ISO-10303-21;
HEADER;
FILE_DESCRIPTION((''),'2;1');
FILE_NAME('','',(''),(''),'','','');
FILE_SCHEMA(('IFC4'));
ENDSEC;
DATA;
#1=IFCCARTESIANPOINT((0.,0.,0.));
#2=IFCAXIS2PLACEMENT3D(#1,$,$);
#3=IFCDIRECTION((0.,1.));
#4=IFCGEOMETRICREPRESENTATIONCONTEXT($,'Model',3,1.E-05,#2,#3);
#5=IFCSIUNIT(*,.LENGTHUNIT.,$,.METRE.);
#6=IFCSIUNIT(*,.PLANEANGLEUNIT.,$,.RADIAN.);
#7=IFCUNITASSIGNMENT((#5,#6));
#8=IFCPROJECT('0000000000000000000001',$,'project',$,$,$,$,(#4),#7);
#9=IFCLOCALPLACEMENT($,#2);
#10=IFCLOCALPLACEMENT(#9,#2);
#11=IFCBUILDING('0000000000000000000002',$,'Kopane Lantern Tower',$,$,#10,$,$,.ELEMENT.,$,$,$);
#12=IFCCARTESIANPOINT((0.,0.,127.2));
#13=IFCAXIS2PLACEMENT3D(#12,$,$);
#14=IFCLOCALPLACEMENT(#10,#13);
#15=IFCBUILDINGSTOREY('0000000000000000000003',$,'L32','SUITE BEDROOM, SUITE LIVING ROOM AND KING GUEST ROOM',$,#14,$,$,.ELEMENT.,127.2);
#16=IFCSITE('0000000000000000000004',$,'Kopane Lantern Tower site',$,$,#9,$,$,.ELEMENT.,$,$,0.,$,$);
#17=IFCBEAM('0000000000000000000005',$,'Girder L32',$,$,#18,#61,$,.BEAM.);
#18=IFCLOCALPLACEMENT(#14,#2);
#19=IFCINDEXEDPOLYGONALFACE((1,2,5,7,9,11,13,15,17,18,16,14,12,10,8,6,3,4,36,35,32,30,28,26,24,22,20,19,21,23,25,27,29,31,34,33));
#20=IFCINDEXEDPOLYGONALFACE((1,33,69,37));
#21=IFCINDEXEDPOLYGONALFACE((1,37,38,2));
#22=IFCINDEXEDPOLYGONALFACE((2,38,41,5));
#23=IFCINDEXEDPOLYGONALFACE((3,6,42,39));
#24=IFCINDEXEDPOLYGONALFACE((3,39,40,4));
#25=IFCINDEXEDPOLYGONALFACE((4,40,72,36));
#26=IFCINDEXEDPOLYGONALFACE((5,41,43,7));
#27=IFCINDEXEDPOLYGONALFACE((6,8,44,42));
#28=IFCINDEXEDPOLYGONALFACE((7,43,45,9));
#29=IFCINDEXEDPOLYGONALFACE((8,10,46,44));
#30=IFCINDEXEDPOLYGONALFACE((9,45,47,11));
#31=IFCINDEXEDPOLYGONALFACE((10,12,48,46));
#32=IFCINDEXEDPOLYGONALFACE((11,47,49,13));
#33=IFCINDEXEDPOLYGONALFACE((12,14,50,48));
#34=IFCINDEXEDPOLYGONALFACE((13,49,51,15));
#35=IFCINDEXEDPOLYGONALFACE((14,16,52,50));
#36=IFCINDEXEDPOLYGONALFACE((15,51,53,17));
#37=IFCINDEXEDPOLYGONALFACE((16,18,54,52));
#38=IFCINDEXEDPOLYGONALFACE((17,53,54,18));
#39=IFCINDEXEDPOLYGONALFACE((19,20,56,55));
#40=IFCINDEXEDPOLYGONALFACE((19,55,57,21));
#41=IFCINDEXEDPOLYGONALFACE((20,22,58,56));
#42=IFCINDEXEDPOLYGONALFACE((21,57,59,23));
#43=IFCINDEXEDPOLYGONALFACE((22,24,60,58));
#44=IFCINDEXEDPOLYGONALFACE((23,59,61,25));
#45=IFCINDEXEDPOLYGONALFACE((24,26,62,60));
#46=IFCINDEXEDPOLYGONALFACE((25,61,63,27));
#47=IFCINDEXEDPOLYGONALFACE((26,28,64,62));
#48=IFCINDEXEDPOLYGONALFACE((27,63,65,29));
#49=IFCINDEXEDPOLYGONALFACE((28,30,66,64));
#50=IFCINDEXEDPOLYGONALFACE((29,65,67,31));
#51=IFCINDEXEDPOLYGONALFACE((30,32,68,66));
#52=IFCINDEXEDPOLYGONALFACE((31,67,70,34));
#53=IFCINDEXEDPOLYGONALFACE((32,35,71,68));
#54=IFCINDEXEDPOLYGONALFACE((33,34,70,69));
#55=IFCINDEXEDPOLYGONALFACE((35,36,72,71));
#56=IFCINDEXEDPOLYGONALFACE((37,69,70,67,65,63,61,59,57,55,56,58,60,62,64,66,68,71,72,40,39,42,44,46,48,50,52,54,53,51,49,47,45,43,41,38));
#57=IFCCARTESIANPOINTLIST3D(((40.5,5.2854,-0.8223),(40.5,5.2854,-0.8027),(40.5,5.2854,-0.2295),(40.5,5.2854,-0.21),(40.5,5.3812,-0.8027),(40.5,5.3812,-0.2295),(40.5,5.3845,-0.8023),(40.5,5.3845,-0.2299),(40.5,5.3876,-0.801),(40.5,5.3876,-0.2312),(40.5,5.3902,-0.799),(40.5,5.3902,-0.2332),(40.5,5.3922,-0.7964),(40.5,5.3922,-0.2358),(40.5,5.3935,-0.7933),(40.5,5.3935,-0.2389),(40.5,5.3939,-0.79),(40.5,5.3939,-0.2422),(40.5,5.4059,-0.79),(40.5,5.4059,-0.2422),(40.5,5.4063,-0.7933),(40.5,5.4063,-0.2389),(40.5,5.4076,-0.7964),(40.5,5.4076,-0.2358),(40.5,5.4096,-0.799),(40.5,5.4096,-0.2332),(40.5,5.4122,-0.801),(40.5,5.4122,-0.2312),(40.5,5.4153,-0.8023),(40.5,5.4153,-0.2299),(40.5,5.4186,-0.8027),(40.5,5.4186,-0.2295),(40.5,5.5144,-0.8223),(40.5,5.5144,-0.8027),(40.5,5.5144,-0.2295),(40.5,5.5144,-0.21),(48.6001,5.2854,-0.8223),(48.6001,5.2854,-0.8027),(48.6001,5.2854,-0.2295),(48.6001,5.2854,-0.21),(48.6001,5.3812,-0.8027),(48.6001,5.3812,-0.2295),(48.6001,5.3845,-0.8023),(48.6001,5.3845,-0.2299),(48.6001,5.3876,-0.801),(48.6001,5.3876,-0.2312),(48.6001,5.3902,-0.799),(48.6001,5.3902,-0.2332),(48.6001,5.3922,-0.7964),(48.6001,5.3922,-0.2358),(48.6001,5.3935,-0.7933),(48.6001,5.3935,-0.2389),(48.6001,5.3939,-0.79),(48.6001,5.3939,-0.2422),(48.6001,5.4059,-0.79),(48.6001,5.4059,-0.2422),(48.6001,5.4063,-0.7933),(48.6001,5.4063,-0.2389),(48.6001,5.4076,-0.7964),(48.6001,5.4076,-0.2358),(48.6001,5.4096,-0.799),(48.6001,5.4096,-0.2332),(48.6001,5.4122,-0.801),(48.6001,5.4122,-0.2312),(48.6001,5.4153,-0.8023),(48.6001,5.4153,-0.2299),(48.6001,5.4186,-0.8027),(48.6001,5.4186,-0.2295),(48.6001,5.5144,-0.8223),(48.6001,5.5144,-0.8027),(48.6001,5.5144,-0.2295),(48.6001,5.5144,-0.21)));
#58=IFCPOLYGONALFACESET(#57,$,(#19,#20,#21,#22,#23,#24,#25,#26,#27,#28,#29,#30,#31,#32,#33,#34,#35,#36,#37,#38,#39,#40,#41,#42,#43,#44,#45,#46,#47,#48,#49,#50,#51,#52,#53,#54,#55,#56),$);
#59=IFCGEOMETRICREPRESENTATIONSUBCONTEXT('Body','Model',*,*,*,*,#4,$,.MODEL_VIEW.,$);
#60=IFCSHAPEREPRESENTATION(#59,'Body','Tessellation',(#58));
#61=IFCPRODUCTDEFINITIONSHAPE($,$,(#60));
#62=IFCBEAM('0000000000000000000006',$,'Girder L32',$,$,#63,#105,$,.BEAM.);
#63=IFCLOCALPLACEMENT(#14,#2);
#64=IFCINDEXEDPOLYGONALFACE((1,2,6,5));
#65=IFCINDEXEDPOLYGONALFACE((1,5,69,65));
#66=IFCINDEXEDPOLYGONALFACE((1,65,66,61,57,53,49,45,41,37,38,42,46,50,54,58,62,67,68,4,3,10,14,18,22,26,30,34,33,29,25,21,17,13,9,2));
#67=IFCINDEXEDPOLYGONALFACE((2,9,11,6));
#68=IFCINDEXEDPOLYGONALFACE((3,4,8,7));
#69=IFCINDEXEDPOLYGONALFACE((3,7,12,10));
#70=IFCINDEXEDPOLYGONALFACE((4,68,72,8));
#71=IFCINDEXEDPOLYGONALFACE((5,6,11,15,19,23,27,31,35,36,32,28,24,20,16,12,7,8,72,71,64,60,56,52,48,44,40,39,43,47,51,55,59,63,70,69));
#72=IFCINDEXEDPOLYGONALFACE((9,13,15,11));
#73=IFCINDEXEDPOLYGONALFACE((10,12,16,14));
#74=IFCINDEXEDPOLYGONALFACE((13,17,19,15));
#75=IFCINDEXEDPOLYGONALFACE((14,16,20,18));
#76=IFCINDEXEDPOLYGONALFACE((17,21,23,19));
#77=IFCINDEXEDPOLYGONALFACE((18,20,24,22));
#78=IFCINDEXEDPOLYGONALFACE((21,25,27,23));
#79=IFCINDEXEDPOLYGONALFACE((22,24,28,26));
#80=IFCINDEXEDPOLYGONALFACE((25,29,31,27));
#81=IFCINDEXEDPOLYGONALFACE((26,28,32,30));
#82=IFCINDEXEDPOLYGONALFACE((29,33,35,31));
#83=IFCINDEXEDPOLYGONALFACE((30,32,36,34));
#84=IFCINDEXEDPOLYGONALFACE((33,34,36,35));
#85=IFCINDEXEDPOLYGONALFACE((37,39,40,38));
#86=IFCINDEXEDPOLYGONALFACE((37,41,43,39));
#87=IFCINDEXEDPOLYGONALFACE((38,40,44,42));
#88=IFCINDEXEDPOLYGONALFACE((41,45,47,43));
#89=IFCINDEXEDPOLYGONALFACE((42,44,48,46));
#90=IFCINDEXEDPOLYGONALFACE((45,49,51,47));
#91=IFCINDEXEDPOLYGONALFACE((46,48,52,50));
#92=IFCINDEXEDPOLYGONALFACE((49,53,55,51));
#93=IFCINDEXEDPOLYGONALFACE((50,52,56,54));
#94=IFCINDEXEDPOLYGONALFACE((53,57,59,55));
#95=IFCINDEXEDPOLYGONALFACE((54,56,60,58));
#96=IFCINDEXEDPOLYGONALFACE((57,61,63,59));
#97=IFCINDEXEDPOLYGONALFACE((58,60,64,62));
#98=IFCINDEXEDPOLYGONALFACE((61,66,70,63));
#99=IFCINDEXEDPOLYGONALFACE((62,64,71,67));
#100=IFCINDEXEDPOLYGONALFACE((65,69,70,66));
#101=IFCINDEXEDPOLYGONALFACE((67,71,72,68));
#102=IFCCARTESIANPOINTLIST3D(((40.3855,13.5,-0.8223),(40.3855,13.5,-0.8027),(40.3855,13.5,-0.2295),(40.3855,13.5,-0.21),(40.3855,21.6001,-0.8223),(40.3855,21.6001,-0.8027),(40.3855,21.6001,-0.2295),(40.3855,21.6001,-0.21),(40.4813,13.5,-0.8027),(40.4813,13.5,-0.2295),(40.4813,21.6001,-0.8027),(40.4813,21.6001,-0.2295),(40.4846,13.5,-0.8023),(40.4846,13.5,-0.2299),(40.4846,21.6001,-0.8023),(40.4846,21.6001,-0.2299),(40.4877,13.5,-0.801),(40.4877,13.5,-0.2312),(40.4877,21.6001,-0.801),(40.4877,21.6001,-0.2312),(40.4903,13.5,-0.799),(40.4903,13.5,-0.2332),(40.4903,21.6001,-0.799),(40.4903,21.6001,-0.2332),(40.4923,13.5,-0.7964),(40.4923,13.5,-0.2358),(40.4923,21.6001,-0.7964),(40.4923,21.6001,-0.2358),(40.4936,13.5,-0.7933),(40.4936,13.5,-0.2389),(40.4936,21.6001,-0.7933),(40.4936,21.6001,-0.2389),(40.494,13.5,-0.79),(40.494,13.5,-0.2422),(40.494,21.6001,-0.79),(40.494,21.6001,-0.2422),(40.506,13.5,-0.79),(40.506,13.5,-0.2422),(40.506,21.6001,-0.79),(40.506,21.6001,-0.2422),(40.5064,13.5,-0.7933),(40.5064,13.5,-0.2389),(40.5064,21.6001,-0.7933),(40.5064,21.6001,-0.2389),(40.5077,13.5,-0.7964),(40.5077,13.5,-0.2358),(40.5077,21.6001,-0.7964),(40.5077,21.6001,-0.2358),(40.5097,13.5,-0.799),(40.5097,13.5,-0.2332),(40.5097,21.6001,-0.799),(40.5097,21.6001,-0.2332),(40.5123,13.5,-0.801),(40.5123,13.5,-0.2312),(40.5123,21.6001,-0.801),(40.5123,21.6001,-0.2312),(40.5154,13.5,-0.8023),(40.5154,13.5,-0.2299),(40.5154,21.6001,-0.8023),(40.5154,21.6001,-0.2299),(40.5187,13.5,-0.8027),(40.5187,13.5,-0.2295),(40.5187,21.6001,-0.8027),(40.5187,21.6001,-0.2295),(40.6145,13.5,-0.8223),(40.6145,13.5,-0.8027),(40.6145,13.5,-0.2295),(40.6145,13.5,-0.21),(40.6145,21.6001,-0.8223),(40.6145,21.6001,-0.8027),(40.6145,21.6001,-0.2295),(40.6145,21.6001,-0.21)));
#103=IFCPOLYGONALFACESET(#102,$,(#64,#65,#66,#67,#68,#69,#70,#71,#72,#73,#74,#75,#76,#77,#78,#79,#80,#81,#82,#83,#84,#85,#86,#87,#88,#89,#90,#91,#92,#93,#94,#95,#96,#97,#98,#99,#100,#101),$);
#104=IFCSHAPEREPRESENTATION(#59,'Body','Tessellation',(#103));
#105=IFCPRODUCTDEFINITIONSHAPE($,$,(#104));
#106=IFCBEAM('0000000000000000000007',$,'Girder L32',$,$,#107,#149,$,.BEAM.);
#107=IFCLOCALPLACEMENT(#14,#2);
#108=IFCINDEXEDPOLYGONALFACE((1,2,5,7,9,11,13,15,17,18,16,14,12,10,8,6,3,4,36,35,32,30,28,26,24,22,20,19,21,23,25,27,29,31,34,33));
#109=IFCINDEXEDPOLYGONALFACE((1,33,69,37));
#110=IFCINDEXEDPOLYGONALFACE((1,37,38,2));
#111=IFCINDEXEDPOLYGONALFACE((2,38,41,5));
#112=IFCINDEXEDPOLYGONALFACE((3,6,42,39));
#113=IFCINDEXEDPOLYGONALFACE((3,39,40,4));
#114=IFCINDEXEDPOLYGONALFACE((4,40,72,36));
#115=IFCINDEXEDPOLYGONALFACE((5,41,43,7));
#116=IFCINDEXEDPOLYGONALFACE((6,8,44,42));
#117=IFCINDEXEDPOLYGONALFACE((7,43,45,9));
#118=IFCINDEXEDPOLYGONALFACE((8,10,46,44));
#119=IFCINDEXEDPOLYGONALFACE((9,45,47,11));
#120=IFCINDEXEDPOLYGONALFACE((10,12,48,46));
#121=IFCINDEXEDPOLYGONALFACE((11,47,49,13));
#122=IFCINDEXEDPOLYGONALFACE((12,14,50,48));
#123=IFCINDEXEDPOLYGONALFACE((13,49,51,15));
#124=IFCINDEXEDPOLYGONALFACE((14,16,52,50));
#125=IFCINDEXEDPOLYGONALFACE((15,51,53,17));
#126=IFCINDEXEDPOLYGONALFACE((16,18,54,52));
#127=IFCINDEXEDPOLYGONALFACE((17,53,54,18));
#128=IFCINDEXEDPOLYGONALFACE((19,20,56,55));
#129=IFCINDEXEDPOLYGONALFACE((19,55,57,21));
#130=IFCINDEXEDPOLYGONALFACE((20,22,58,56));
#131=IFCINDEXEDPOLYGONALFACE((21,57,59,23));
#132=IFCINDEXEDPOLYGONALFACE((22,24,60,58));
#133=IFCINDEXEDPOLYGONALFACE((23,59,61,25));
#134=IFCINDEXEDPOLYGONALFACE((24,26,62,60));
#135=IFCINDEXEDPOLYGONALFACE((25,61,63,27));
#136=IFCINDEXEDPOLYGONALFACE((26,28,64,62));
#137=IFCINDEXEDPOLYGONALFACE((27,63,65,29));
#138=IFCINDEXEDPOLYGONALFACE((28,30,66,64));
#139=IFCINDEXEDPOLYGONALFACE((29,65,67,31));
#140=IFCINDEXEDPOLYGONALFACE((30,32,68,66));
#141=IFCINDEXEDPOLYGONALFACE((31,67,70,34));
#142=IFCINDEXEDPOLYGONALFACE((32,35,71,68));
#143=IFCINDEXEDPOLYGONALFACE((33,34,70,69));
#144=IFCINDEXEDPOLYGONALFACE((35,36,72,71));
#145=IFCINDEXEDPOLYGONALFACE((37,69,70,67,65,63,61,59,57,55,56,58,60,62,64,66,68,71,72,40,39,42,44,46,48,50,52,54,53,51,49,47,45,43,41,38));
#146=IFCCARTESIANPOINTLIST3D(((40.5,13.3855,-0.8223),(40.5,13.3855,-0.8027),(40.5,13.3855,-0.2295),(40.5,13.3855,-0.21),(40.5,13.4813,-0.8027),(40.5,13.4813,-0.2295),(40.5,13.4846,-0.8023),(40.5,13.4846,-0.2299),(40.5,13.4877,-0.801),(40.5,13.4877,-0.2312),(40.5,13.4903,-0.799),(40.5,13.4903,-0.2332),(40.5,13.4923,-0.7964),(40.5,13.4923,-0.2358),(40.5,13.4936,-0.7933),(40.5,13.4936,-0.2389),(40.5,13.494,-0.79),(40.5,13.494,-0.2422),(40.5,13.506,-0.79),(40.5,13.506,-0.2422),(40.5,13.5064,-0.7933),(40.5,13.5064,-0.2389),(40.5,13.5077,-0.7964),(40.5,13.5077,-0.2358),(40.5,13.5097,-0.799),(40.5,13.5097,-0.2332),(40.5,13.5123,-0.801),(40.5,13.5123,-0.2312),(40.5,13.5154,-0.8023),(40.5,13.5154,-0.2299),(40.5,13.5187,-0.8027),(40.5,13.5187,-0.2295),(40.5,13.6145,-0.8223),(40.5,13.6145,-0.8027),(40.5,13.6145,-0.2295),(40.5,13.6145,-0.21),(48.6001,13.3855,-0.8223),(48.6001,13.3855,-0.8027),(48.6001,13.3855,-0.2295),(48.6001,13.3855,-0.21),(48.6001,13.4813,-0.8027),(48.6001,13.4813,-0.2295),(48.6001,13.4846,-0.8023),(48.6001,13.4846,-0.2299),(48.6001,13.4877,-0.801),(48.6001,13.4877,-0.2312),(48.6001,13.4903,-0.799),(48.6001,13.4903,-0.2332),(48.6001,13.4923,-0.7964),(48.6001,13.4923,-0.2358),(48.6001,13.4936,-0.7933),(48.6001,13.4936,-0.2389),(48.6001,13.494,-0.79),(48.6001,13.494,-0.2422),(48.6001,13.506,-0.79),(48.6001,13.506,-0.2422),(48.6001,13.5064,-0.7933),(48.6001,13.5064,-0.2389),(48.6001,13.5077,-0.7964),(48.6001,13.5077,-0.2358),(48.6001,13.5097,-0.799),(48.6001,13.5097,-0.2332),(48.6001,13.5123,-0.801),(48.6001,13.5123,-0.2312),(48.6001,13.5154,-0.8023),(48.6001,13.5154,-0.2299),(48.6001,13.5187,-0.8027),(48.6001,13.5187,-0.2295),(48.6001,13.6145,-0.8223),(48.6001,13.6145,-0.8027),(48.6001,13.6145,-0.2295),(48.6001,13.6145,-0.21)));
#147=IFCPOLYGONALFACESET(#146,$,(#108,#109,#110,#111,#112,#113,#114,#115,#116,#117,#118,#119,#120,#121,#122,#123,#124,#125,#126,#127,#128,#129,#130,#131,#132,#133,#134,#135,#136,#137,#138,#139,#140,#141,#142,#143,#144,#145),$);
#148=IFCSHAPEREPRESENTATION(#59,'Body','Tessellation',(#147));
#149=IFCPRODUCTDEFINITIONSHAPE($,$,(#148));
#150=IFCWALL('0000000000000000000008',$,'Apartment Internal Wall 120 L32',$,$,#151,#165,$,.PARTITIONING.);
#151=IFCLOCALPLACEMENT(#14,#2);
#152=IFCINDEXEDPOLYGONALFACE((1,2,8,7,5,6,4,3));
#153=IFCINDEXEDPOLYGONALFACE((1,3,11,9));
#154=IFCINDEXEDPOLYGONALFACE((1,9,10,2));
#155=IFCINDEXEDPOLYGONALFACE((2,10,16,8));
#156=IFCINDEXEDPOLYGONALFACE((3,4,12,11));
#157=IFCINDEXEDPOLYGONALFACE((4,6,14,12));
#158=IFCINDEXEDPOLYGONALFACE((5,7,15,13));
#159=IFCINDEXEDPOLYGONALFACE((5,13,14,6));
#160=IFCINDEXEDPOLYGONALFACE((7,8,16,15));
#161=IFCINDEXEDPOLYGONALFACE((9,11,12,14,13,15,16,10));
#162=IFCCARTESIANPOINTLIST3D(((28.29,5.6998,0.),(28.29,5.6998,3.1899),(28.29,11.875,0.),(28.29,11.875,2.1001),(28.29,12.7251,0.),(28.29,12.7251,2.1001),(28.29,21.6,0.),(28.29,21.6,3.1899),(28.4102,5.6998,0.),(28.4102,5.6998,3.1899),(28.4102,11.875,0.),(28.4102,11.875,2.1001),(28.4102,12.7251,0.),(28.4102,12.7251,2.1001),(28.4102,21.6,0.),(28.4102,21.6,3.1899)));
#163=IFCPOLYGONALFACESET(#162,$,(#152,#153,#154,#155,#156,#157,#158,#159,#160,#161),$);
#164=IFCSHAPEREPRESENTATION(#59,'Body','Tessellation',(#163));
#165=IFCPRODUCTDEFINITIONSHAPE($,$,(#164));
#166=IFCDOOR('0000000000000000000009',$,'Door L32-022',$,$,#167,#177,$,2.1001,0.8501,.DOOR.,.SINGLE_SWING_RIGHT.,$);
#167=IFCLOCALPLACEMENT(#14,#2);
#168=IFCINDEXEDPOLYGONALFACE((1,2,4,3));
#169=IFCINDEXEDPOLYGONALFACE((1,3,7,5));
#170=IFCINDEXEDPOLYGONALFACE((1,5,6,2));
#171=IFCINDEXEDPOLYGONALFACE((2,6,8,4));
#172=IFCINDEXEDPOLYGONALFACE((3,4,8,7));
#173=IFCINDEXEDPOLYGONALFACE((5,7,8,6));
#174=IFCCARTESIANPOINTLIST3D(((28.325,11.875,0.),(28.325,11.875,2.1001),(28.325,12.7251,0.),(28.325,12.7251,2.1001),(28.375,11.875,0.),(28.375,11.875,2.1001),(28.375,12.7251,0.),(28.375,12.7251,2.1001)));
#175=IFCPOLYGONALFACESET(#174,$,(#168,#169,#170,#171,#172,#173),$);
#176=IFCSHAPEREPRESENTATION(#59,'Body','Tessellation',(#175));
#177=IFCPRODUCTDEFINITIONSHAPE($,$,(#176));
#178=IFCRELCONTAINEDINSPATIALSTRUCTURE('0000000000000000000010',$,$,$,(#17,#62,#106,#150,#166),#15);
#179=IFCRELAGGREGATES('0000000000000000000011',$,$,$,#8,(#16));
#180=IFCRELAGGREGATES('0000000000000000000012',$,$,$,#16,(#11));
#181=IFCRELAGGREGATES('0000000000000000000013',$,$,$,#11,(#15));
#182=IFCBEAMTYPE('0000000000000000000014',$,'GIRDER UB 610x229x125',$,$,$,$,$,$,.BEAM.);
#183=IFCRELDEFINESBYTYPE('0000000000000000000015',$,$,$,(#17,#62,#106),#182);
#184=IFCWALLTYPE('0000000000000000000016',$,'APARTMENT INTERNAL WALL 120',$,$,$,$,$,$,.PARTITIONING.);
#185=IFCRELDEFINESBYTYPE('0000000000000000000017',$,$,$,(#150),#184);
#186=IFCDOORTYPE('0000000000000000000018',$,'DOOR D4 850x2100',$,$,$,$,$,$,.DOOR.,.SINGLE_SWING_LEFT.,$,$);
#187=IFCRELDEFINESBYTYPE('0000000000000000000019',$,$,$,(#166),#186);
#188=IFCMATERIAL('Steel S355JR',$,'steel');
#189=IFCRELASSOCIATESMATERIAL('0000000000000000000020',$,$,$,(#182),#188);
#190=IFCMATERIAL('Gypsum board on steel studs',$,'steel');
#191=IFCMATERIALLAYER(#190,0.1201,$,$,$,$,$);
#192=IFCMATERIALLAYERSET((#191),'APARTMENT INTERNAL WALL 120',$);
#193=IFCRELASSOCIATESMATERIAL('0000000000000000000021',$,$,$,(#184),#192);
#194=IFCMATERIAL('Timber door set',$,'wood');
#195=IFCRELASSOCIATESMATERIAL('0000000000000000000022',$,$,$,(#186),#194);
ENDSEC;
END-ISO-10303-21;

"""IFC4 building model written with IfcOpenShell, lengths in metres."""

from ifc_helpers import new_model, si_unit, direction, frame, frame_2d, origin, origin_2d, place, context, subcontext, project, spatial, rectangle, i_section, extrude, material, layer, layer_set, material_profile, profile_set, type_object, element, fill, save


model = new_model("IFC4")

# Units and contexts
model_context = context("Model", 3, precision=1e-05, world=origin(), true_north=direction((0.0, 1.0)))
body_context = subcontext(model_context, "Body", "Model", "MODEL_VIEW")
ifc_project = project(units=[si_unit("LENGTHUNIT", "METRE"), si_unit("PLANEANGLEUNIT", "RADIAN")], contexts=[model_context])

# Site, building, storey
site_placement = place(None, origin())
site = spatial("IfcSite", under=ifc_project, at=site_placement, Name="Kopane Lantern Tower site", CompositionType="ELEMENT", RefElevation=0.0)
building_placement = place(site_placement, origin())
building = spatial("IfcBuilding", under=site, at=building_placement, Name="Kopane Lantern Tower", CompositionType="ELEMENT")
storey_placement = place(building_placement, frame((0.0, 0.0, 127.2)))
storey = spatial("IfcBuildingStorey", under=building, at=storey_placement, Name="L32", Description="SUITE BEDROOM, SUITE LIVING ROOM AND KING GUEST ROOM", CompositionType="ELEMENT", Elevation=127.2)

# Beams
ifc_material_1 = material(Name="Steel S355JR", Category="steel")
ifc_material_profile_1 = material_profile(ifc_material_1, i_section(OverallWidth=0.229, OverallDepth=0.6123, WebThickness=0.012, FlangeThickness=0.0195, FilletRadius=0.0127, at=origin_2d()), Name="UB 610x229x125")
ifc_profile_set_1 = profile_set([ifc_material_profile_1], Name="Steel S355JR")
beam_type_1 = type_object("IfcBeamType", Name="GIRDER UB 610x229x125", PredefinedType="BEAM", material=ifc_profile_set_1)
for number, where, z_axis, x_axis, name in (
    (1, (40.5, 5.3999, -0.5161), (1.0, 0.0, 0.0), (0.0, 1.0, 0.0), "Girder L32"),
    (2, (40.5, 13.5, -0.5161), (0.0, 1.0, 0.0), (-1.0, 0.0, 0.0), "Girder L32"),
    (3, (40.5, 13.5, -0.5161), (1.0, 0.0, 0.0), (0.0, 1.0, 0.0), "Girder L32"),
):
    element("IfcBeam", number, at=place(storey_placement, frame(where, z_axis=z_axis, x_axis=x_axis)), inside=storey, type_object=beam_type_1, Name=name, PredefinedType="BEAM", context=body_context, shape_type="SweptSolid", body=[
        extrude(i_section(OverallWidth=0.229, OverallDepth=0.6123, WebThickness=0.012, FlangeThickness=0.0195, FilletRadius=0.0127, at=origin_2d()), origin(), (0.0, 0.0, 1.0), 8.1001),
    ])

# Wall, opening, door
ifc_material_2 = material(Name="Gypsum board on steel studs", Category="steel")
ifc_layer_1 = layer(ifc_material_2, 0.1201)
ifc_layer_set_1 = layer_set([ifc_layer_1], Name="APARTMENT INTERNAL WALL 120")
wall_type_1 = type_object("IfcWallType", Name="APARTMENT INTERNAL WALL 120", PredefinedType="PARTITIONING", material=ifc_layer_set_1)
wall_1_placement = place(storey_placement, frame((28.3501, 21.6001, 0.0), z_axis=(0.0, 0.0, 1.0), x_axis=(0.0, -1.0, 0.0)))
wall_1 = element("IfcWall", 4, at=wall_1_placement, inside=storey, type_object=wall_type_1, Name="Apartment Internal Wall 120 L32", PredefinedType="PARTITIONING", context=body_context, shape_type="SweptSolid", body=[
    extrude(rectangle(XDim=15.9001, YDim=0.1201, at=frame_2d((7.9502, 0.0))), origin(), (0.0, 0.0, 1.0), 3.1899),
])
opening_1_placement = place(wall_1_placement, frame((8.875, 0.0, 0.0)))
opening_1 = element("IfcOpeningElement", 5, at=opening_1_placement, cuts=wall_1, PredefinedType="OPENING", context=body_context, shape_type="SweptSolid", body=[
    extrude(rectangle(XDim=0.8501, YDim=2.1001, at=frame_2d((0.425, 1.05))), frame((0.0, 0.0701, 0.0), z_axis=(0.0, -1.0, 0.0), x_axis=(1.0, 0.0, 0.0)), (0.0, 0.0, 1.0), 0.1401),
])
ifc_material_3 = material(Name="Timber door set", Category="wood")
door_type_1 = type_object("IfcDoorType", Name="DOOR D4 850x2100", OperationType="SINGLE_SWING_LEFT", PredefinedType="DOOR", material=ifc_material_3)
door_1_placement = place(opening_1_placement, origin())
door_1 = element("IfcDoor", 6, at=door_1_placement, inside=storey, type_object=door_type_1, Name="Door L32-022", OperationType="SINGLE_SWING_RIGHT", OverallHeight=2.1001, OverallWidth=0.8501, PredefinedType="DOOR", context=body_context, shape_type="SweptSolid", body=[
    extrude(rectangle(XDim=0.8501, YDim=2.1001, at=frame_2d((0.425, 1.05))), frame((0.0, 0.0249, 0.0), z_axis=(0.0, -1.0, 0.0), x_axis=(1.0, 0.0, 0.0)), (0.0, 0.0, 1.0), 0.05),
])
fill(opening_1, door_1)

save(model, "model.ifc")
